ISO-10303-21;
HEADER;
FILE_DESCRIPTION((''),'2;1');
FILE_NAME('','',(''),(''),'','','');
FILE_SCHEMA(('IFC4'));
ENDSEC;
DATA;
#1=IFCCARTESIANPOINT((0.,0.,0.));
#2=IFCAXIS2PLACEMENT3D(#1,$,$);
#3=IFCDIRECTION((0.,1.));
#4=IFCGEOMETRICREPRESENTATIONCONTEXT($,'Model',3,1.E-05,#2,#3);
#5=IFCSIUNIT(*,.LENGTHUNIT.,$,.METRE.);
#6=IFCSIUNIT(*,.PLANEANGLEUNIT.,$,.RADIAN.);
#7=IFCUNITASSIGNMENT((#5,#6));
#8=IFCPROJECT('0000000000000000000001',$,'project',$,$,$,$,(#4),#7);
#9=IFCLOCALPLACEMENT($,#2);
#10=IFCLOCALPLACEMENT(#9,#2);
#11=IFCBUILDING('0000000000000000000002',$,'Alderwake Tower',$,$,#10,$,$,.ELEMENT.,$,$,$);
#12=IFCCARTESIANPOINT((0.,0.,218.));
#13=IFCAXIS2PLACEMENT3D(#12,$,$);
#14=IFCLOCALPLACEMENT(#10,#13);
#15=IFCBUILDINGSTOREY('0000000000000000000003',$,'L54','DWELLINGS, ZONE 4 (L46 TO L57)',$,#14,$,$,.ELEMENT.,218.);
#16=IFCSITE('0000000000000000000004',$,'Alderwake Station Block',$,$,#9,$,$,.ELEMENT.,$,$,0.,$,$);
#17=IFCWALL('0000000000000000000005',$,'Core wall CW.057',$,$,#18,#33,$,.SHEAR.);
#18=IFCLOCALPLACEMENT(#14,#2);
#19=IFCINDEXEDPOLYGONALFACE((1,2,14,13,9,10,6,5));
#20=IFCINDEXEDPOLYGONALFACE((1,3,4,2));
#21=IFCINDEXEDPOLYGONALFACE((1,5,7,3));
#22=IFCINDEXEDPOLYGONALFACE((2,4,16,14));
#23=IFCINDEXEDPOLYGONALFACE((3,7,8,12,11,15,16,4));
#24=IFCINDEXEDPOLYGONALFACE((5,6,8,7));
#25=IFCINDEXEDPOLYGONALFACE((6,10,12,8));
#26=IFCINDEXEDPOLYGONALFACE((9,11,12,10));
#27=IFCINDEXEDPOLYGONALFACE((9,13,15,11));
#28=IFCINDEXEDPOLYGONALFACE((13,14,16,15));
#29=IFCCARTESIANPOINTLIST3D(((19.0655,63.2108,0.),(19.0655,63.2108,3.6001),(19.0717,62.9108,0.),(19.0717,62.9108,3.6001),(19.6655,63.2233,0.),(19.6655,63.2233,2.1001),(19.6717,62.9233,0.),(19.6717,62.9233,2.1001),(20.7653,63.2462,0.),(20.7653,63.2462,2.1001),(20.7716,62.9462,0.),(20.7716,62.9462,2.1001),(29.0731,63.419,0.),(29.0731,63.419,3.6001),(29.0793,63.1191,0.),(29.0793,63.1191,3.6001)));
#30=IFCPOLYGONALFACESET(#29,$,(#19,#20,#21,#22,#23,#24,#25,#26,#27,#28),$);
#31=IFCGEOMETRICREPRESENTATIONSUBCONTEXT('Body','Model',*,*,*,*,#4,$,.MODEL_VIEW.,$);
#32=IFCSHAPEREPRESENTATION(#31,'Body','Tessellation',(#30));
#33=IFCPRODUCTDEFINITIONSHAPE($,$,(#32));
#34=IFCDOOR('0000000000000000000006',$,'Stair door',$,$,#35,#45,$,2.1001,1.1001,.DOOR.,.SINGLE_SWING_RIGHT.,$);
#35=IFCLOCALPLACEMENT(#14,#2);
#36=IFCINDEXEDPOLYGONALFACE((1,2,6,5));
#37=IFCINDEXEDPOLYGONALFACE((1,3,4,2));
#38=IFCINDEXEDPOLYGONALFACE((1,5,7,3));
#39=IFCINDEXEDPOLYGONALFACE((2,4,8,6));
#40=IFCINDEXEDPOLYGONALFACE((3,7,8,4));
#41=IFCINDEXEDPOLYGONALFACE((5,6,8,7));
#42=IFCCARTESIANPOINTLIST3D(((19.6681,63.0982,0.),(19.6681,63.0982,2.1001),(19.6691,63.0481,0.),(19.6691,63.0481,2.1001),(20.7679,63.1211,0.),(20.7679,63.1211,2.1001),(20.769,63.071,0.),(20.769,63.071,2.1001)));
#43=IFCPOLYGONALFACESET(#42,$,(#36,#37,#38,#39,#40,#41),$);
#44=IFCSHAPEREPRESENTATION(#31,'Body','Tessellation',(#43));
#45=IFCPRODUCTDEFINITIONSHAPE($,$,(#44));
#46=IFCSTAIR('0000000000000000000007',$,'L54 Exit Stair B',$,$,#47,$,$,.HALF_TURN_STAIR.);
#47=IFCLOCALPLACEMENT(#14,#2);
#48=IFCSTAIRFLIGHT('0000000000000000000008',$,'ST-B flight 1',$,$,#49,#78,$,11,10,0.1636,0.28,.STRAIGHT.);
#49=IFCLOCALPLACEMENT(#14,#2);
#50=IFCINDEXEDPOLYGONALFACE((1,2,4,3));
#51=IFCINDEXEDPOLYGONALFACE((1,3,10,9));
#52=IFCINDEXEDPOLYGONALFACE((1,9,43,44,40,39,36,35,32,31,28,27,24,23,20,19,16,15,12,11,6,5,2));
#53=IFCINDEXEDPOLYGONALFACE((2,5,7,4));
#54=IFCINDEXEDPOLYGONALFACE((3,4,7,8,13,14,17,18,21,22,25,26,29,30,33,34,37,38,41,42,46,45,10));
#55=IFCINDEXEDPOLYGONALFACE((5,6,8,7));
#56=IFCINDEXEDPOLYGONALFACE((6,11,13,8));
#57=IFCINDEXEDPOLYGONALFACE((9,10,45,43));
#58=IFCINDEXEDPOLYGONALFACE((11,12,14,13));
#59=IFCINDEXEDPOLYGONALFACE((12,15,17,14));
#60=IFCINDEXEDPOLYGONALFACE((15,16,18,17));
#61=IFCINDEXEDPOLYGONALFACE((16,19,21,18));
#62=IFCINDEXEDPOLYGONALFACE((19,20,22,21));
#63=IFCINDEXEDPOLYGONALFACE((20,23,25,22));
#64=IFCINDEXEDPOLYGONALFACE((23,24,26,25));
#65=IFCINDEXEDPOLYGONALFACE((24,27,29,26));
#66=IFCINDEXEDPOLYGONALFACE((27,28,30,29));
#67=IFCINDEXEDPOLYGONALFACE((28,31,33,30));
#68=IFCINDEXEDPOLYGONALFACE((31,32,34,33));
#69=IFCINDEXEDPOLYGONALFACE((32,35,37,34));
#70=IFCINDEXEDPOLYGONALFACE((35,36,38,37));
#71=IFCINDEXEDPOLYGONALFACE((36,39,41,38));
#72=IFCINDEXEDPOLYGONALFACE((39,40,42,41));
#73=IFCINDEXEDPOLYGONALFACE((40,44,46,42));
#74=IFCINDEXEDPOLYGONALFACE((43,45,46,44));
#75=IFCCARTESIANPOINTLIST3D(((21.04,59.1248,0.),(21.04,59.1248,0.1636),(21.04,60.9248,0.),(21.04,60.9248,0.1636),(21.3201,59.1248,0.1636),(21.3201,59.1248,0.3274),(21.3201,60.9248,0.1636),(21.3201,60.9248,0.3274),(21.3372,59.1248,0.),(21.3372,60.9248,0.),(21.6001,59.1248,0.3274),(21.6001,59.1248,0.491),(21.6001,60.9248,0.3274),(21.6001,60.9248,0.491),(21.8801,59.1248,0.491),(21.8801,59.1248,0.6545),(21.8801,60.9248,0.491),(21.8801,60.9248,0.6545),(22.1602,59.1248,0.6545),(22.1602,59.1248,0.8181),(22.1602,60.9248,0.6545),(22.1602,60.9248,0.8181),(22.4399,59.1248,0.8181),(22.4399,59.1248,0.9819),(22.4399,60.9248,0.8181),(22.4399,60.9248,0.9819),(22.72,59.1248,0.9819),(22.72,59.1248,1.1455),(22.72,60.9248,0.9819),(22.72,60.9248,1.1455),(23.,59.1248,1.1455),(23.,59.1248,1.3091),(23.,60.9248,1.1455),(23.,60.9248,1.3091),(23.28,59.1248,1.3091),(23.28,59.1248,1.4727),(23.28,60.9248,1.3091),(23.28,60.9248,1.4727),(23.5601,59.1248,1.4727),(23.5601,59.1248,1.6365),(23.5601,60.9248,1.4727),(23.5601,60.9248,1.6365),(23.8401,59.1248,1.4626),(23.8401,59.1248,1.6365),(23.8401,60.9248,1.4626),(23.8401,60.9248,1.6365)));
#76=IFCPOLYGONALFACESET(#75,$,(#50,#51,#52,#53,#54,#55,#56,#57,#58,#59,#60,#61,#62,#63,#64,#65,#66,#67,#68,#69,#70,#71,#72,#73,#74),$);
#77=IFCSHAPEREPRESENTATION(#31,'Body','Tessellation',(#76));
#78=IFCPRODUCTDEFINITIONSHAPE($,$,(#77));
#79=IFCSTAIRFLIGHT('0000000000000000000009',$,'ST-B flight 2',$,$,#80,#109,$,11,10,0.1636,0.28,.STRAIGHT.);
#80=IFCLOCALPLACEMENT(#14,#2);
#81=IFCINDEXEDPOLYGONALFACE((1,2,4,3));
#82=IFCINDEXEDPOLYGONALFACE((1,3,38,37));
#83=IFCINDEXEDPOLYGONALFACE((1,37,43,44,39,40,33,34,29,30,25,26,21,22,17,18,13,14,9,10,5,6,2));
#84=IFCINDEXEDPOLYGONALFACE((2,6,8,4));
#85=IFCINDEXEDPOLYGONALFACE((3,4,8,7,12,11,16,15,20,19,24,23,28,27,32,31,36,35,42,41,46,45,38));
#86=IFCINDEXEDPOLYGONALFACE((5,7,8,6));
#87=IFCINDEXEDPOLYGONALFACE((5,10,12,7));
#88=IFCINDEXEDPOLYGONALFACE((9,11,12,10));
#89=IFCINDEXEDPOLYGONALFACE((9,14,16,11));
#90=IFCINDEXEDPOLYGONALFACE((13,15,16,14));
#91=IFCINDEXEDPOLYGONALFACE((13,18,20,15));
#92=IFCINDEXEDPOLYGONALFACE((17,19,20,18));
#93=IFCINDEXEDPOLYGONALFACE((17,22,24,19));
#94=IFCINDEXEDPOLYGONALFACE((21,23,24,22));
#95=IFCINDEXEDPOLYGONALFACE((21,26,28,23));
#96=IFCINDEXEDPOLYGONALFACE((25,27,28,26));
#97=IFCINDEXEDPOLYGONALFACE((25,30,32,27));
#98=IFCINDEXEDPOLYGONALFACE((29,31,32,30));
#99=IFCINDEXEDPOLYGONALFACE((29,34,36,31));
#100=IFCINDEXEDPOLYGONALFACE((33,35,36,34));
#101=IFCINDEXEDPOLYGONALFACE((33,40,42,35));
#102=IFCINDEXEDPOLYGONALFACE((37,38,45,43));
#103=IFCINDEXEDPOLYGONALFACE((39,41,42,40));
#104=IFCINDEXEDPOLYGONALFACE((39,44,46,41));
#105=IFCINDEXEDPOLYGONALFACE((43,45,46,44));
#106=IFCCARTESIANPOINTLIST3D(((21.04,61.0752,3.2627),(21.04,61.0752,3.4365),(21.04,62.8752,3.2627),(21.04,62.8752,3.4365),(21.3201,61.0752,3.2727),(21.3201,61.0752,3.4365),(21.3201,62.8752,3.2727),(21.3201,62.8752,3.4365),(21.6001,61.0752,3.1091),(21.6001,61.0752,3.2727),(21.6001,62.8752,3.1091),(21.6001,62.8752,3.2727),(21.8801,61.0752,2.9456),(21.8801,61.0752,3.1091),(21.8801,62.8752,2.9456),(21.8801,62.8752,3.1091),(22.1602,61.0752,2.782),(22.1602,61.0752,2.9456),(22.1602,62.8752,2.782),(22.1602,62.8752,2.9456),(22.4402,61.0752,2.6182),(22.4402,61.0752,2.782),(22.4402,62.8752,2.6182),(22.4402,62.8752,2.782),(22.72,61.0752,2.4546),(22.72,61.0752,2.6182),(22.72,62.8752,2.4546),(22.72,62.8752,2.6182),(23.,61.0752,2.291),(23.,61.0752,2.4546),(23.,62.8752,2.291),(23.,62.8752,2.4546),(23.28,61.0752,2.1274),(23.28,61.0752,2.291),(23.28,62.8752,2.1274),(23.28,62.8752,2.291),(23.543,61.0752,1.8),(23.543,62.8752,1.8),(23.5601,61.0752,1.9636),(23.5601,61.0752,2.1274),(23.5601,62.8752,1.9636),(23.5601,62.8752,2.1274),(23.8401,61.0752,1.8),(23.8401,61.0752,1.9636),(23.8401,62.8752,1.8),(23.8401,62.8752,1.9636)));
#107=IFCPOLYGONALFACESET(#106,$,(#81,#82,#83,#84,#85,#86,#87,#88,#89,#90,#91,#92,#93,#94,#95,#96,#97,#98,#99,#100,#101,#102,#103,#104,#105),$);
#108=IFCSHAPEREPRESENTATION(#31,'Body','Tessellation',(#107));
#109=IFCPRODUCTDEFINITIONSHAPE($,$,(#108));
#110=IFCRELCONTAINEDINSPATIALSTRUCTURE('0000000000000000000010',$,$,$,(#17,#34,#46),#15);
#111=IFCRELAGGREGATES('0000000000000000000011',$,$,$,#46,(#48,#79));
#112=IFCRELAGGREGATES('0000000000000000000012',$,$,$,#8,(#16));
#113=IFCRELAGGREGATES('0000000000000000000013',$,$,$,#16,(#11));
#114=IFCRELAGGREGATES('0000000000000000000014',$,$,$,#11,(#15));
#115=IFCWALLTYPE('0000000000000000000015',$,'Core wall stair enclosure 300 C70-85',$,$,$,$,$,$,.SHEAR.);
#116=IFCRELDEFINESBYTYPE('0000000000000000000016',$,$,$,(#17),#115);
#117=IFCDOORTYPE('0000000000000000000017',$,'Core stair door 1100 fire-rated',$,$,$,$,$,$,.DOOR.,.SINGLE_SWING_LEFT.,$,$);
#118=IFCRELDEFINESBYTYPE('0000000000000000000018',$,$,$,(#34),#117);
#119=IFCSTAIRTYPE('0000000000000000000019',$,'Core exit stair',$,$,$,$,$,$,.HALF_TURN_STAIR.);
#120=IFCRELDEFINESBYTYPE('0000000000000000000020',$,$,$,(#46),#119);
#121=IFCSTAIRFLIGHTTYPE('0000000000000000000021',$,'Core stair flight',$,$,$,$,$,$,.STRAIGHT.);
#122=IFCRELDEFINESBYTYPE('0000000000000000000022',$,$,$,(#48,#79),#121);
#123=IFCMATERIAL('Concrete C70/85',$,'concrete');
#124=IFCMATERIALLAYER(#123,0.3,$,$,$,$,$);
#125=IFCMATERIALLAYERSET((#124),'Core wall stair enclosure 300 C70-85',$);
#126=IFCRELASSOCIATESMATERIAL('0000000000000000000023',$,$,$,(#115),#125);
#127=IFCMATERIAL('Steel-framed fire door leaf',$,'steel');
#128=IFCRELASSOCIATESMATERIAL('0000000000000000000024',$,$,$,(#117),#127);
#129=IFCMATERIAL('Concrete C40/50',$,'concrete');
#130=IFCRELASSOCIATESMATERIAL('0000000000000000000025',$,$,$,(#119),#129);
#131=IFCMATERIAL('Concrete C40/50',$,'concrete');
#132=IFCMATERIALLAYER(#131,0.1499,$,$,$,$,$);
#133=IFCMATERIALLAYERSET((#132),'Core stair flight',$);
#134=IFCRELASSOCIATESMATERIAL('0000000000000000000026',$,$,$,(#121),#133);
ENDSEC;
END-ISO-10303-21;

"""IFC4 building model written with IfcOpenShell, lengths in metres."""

from ifc_helpers import new_model, si_unit, direction, frame, frame_2d, origin, place, context, subcontext, project, spatial, polyline, rectangle, outline, extrude, material, layer, layer_set, type_object, element, fill, aggregate, save


model = new_model("IFC4")

# Units and contexts
model_context = context("Model", 3, precision=1e-05, world=origin(), true_north=direction((0.0, 1.0)))
body_context = subcontext(model_context, "Body", "Model", "MODEL_VIEW")
ifc_project = project(units=[si_unit("LENGTHUNIT", "METRE"), si_unit("PLANEANGLEUNIT", "RADIAN")], contexts=[model_context])

# Site, building, storey
site_placement = place(None, origin())
site = spatial("IfcSite", under=ifc_project, at=site_placement, Name="Alderwake Station Block", CompositionType="ELEMENT", RefElevation=0.0)
building_placement = place(site_placement, origin())
building = spatial("IfcBuilding", under=site, at=building_placement, Name="Alderwake Tower", CompositionType="ELEMENT")
storey_placement = place(building_placement, frame((0.0, 0.0, 218.0)))
storey = spatial("IfcBuildingStorey", under=building, at=storey_placement, Name="L54", Description="DWELLINGS, ZONE 4 (L46 TO L57)", CompositionType="ELEMENT", Elevation=218.0)

# Shared definitions
ifc_material_1 = material(Name="Concrete C70/85", Category="concrete")
ifc_layer_1 = layer(ifc_material_1, 0.3)
ifc_layer_set_1 = layer_set([ifc_layer_1], Name="Core wall stair enclosure 300 C70-85")
wall_type_1 = type_object("IfcWallType", Name="Core wall stair enclosure 300 C70-85", PredefinedType="SHEAR", material=ifc_layer_set_1)

# Wall, opening, door
wall_1_placement = place(storey_placement, frame((19.0686, 63.0608, 0.0), z_axis=(0.0, 0.0, 1.0), x_axis=(0.999784, 0.020805, 0.0)))
wall_1 = element("IfcWall", 1, at=wall_1_placement, inside=storey, type_object=wall_type_1, Name="Core wall CW.057", PredefinedType="SHEAR", context=body_context, shape_type="SweptSolid", body=[
    extrude(rectangle(XDim=10.0098, YDim=0.3, at=frame_2d((5.0049, 0.0))), origin(), (0.0, 0.0, 1.0), 3.6001),
])
opening_1_placement = place(wall_1_placement, frame((0.6001, 0.0, 0.0)))
opening_1 = element("IfcOpeningElement", 2, at=opening_1_placement, cuts=wall_1, PredefinedType="OPENING", context=body_context, shape_type="SweptSolid", body=[
    extrude(rectangle(XDim=1.1001, YDim=2.1001, at=frame_2d((0.55, 1.05))), frame((0.0, 0.1599, 0.0), z_axis=(0.0, -1.0, 0.0), x_axis=(1.0, 0.0, 0.0)), (0.0, 0.0, 1.0), 0.3201),
])
ifc_material_2 = material(Name="Steel-framed fire door leaf", Category="steel")
door_type_1 = type_object("IfcDoorType", Name="Core stair door 1100 fire-rated", OperationType="SINGLE_SWING_LEFT", PredefinedType="DOOR", material=ifc_material_2)
door_1_placement = place(opening_1_placement, origin())
door_1 = element("IfcDoor", 3, at=door_1_placement, inside=storey, type_object=door_type_1, Name="Stair door", OperationType="SINGLE_SWING_RIGHT", OverallHeight=2.1001, OverallWidth=1.1001, PredefinedType="DOOR", context=body_context, shape_type="SweptSolid", body=[
    extrude(rectangle(XDim=1.1001, YDim=2.1001, at=frame_2d((0.55, 1.05))), frame((0.0, 0.0249, 0.0), z_axis=(0.0, -1.0, 0.0), x_axis=(1.0, 0.0, 0.0)), (0.0, 0.0, 1.0), 0.05),
])
fill(opening_1, door_1)

# Stair, stair flights
ifc_material_3 = material(Name="Concrete C40/50", Category="concrete")
stair_type = type_object("IfcStairType", Name="Core exit stair", PredefinedType="HALF_TURN_STAIR", material=ifc_material_3)
stair_placement = place(storey_placement, origin())
stair = element("IfcStair", 4, at=stair_placement, inside=storey, type_object=stair_type, Name="L54 Exit Stair B", PredefinedType="HALF_TURN_STAIR")
ifc_material_4 = material(Name="Concrete C40/50", Category="concrete")
ifc_layer_2 = layer(ifc_material_4, 0.1499)
ifc_layer_set_2 = layer_set([ifc_layer_2], Name="Core stair flight")
stair_flight_type = type_object("IfcStairFlightType", Name="Core stair flight", PredefinedType="STRAIGHT", material=ifc_layer_set_2)
stair_flight_1_placement = place(storey_placement, frame((21.04, 60.0249, 0.0), z_axis=(0.0, 0.0, 1.0), x_axis=(1.0, 0.0, 0.0)))
stair_flight_1 = element("IfcStairFlight", 5, at=stair_flight_1_placement, type_object=stair_flight_type, Name="ST-B flight 1", NumberOfRisers=11, NumberOfTreads=10, PredefinedType="STRAIGHT", RiserHeight=0.1636, TreadLength=0.28, context=body_context, shape_type="SweptSolid", body=[
    extrude(outline(polyline([(0.0, 0.0), (0.0, 0.1636), (0.28, 0.1636), (0.28, 0.3274), (0.5601, 0.3274), (0.5601, 0.491), (0.8401, 0.491), (0.8401, 0.6545), (1.1201, 0.6545), (1.1201, 0.8181), (1.3999, 0.8181), (1.3999, 0.9819), (1.6799, 0.9819), (1.6799, 1.1455), (1.96, 1.1455), (1.96, 1.3091), (2.24, 1.3091), (2.24, 1.4727), (2.52, 1.4727), (2.52, 1.6365), (2.8, 1.6365), (2.8, 1.8), (2.8, 1.4626), (0.2971, 0.0), (0.0, 0.0)])), frame((0.0, 0.8999, 0.0), z_axis=(0.0, -1.0, 0.0), x_axis=(1.0, 0.0, 0.0)), (0.0, 0.0, 1.0), 1.8),
])
stair_flight_2_placement = place(storey_placement, frame((23.8401, 61.9751, 1.8), z_axis=(0.0, 0.0, 1.0), x_axis=(-1.0, 0.0, 0.0)))
stair_flight_2 = element("IfcStairFlight", 6, at=stair_flight_2_placement, type_object=stair_flight_type, Name="ST-B flight 2", NumberOfRisers=11, NumberOfTreads=10, PredefinedType="STRAIGHT", RiserHeight=0.1636, TreadLength=0.28, context=body_context, shape_type="SweptSolid", body=[
    extrude(outline(polyline([(0.0, 0.0), (0.0, 0.1636), (0.28, 0.1636), (0.28, 0.3274), (0.5601, 0.3274), (0.5601, 0.491), (0.8401, 0.491), (0.8401, 0.6545), (1.1201, 0.6545), (1.1201, 0.8181), (1.3999, 0.8181), (1.3999, 0.9819), (1.6799, 0.9819), (1.6799, 1.1455), (1.96, 1.1455), (1.96, 1.3091), (2.24, 1.3091), (2.24, 1.4727), (2.52, 1.4727), (2.52, 1.6365), (2.8, 1.6365), (2.8, 1.8), (2.8, 1.4626), (0.2971, 0.0), (0.0, 0.0)])), frame((0.0, 0.8999, 0.0), z_axis=(0.0, -1.0, 0.0), x_axis=(1.0, 0.0, 0.0)), (0.0, 0.0, 1.0), 1.8),
])
aggregate(stair, [stair_flight_1, stair_flight_2])

save(model, "model.ifc")
